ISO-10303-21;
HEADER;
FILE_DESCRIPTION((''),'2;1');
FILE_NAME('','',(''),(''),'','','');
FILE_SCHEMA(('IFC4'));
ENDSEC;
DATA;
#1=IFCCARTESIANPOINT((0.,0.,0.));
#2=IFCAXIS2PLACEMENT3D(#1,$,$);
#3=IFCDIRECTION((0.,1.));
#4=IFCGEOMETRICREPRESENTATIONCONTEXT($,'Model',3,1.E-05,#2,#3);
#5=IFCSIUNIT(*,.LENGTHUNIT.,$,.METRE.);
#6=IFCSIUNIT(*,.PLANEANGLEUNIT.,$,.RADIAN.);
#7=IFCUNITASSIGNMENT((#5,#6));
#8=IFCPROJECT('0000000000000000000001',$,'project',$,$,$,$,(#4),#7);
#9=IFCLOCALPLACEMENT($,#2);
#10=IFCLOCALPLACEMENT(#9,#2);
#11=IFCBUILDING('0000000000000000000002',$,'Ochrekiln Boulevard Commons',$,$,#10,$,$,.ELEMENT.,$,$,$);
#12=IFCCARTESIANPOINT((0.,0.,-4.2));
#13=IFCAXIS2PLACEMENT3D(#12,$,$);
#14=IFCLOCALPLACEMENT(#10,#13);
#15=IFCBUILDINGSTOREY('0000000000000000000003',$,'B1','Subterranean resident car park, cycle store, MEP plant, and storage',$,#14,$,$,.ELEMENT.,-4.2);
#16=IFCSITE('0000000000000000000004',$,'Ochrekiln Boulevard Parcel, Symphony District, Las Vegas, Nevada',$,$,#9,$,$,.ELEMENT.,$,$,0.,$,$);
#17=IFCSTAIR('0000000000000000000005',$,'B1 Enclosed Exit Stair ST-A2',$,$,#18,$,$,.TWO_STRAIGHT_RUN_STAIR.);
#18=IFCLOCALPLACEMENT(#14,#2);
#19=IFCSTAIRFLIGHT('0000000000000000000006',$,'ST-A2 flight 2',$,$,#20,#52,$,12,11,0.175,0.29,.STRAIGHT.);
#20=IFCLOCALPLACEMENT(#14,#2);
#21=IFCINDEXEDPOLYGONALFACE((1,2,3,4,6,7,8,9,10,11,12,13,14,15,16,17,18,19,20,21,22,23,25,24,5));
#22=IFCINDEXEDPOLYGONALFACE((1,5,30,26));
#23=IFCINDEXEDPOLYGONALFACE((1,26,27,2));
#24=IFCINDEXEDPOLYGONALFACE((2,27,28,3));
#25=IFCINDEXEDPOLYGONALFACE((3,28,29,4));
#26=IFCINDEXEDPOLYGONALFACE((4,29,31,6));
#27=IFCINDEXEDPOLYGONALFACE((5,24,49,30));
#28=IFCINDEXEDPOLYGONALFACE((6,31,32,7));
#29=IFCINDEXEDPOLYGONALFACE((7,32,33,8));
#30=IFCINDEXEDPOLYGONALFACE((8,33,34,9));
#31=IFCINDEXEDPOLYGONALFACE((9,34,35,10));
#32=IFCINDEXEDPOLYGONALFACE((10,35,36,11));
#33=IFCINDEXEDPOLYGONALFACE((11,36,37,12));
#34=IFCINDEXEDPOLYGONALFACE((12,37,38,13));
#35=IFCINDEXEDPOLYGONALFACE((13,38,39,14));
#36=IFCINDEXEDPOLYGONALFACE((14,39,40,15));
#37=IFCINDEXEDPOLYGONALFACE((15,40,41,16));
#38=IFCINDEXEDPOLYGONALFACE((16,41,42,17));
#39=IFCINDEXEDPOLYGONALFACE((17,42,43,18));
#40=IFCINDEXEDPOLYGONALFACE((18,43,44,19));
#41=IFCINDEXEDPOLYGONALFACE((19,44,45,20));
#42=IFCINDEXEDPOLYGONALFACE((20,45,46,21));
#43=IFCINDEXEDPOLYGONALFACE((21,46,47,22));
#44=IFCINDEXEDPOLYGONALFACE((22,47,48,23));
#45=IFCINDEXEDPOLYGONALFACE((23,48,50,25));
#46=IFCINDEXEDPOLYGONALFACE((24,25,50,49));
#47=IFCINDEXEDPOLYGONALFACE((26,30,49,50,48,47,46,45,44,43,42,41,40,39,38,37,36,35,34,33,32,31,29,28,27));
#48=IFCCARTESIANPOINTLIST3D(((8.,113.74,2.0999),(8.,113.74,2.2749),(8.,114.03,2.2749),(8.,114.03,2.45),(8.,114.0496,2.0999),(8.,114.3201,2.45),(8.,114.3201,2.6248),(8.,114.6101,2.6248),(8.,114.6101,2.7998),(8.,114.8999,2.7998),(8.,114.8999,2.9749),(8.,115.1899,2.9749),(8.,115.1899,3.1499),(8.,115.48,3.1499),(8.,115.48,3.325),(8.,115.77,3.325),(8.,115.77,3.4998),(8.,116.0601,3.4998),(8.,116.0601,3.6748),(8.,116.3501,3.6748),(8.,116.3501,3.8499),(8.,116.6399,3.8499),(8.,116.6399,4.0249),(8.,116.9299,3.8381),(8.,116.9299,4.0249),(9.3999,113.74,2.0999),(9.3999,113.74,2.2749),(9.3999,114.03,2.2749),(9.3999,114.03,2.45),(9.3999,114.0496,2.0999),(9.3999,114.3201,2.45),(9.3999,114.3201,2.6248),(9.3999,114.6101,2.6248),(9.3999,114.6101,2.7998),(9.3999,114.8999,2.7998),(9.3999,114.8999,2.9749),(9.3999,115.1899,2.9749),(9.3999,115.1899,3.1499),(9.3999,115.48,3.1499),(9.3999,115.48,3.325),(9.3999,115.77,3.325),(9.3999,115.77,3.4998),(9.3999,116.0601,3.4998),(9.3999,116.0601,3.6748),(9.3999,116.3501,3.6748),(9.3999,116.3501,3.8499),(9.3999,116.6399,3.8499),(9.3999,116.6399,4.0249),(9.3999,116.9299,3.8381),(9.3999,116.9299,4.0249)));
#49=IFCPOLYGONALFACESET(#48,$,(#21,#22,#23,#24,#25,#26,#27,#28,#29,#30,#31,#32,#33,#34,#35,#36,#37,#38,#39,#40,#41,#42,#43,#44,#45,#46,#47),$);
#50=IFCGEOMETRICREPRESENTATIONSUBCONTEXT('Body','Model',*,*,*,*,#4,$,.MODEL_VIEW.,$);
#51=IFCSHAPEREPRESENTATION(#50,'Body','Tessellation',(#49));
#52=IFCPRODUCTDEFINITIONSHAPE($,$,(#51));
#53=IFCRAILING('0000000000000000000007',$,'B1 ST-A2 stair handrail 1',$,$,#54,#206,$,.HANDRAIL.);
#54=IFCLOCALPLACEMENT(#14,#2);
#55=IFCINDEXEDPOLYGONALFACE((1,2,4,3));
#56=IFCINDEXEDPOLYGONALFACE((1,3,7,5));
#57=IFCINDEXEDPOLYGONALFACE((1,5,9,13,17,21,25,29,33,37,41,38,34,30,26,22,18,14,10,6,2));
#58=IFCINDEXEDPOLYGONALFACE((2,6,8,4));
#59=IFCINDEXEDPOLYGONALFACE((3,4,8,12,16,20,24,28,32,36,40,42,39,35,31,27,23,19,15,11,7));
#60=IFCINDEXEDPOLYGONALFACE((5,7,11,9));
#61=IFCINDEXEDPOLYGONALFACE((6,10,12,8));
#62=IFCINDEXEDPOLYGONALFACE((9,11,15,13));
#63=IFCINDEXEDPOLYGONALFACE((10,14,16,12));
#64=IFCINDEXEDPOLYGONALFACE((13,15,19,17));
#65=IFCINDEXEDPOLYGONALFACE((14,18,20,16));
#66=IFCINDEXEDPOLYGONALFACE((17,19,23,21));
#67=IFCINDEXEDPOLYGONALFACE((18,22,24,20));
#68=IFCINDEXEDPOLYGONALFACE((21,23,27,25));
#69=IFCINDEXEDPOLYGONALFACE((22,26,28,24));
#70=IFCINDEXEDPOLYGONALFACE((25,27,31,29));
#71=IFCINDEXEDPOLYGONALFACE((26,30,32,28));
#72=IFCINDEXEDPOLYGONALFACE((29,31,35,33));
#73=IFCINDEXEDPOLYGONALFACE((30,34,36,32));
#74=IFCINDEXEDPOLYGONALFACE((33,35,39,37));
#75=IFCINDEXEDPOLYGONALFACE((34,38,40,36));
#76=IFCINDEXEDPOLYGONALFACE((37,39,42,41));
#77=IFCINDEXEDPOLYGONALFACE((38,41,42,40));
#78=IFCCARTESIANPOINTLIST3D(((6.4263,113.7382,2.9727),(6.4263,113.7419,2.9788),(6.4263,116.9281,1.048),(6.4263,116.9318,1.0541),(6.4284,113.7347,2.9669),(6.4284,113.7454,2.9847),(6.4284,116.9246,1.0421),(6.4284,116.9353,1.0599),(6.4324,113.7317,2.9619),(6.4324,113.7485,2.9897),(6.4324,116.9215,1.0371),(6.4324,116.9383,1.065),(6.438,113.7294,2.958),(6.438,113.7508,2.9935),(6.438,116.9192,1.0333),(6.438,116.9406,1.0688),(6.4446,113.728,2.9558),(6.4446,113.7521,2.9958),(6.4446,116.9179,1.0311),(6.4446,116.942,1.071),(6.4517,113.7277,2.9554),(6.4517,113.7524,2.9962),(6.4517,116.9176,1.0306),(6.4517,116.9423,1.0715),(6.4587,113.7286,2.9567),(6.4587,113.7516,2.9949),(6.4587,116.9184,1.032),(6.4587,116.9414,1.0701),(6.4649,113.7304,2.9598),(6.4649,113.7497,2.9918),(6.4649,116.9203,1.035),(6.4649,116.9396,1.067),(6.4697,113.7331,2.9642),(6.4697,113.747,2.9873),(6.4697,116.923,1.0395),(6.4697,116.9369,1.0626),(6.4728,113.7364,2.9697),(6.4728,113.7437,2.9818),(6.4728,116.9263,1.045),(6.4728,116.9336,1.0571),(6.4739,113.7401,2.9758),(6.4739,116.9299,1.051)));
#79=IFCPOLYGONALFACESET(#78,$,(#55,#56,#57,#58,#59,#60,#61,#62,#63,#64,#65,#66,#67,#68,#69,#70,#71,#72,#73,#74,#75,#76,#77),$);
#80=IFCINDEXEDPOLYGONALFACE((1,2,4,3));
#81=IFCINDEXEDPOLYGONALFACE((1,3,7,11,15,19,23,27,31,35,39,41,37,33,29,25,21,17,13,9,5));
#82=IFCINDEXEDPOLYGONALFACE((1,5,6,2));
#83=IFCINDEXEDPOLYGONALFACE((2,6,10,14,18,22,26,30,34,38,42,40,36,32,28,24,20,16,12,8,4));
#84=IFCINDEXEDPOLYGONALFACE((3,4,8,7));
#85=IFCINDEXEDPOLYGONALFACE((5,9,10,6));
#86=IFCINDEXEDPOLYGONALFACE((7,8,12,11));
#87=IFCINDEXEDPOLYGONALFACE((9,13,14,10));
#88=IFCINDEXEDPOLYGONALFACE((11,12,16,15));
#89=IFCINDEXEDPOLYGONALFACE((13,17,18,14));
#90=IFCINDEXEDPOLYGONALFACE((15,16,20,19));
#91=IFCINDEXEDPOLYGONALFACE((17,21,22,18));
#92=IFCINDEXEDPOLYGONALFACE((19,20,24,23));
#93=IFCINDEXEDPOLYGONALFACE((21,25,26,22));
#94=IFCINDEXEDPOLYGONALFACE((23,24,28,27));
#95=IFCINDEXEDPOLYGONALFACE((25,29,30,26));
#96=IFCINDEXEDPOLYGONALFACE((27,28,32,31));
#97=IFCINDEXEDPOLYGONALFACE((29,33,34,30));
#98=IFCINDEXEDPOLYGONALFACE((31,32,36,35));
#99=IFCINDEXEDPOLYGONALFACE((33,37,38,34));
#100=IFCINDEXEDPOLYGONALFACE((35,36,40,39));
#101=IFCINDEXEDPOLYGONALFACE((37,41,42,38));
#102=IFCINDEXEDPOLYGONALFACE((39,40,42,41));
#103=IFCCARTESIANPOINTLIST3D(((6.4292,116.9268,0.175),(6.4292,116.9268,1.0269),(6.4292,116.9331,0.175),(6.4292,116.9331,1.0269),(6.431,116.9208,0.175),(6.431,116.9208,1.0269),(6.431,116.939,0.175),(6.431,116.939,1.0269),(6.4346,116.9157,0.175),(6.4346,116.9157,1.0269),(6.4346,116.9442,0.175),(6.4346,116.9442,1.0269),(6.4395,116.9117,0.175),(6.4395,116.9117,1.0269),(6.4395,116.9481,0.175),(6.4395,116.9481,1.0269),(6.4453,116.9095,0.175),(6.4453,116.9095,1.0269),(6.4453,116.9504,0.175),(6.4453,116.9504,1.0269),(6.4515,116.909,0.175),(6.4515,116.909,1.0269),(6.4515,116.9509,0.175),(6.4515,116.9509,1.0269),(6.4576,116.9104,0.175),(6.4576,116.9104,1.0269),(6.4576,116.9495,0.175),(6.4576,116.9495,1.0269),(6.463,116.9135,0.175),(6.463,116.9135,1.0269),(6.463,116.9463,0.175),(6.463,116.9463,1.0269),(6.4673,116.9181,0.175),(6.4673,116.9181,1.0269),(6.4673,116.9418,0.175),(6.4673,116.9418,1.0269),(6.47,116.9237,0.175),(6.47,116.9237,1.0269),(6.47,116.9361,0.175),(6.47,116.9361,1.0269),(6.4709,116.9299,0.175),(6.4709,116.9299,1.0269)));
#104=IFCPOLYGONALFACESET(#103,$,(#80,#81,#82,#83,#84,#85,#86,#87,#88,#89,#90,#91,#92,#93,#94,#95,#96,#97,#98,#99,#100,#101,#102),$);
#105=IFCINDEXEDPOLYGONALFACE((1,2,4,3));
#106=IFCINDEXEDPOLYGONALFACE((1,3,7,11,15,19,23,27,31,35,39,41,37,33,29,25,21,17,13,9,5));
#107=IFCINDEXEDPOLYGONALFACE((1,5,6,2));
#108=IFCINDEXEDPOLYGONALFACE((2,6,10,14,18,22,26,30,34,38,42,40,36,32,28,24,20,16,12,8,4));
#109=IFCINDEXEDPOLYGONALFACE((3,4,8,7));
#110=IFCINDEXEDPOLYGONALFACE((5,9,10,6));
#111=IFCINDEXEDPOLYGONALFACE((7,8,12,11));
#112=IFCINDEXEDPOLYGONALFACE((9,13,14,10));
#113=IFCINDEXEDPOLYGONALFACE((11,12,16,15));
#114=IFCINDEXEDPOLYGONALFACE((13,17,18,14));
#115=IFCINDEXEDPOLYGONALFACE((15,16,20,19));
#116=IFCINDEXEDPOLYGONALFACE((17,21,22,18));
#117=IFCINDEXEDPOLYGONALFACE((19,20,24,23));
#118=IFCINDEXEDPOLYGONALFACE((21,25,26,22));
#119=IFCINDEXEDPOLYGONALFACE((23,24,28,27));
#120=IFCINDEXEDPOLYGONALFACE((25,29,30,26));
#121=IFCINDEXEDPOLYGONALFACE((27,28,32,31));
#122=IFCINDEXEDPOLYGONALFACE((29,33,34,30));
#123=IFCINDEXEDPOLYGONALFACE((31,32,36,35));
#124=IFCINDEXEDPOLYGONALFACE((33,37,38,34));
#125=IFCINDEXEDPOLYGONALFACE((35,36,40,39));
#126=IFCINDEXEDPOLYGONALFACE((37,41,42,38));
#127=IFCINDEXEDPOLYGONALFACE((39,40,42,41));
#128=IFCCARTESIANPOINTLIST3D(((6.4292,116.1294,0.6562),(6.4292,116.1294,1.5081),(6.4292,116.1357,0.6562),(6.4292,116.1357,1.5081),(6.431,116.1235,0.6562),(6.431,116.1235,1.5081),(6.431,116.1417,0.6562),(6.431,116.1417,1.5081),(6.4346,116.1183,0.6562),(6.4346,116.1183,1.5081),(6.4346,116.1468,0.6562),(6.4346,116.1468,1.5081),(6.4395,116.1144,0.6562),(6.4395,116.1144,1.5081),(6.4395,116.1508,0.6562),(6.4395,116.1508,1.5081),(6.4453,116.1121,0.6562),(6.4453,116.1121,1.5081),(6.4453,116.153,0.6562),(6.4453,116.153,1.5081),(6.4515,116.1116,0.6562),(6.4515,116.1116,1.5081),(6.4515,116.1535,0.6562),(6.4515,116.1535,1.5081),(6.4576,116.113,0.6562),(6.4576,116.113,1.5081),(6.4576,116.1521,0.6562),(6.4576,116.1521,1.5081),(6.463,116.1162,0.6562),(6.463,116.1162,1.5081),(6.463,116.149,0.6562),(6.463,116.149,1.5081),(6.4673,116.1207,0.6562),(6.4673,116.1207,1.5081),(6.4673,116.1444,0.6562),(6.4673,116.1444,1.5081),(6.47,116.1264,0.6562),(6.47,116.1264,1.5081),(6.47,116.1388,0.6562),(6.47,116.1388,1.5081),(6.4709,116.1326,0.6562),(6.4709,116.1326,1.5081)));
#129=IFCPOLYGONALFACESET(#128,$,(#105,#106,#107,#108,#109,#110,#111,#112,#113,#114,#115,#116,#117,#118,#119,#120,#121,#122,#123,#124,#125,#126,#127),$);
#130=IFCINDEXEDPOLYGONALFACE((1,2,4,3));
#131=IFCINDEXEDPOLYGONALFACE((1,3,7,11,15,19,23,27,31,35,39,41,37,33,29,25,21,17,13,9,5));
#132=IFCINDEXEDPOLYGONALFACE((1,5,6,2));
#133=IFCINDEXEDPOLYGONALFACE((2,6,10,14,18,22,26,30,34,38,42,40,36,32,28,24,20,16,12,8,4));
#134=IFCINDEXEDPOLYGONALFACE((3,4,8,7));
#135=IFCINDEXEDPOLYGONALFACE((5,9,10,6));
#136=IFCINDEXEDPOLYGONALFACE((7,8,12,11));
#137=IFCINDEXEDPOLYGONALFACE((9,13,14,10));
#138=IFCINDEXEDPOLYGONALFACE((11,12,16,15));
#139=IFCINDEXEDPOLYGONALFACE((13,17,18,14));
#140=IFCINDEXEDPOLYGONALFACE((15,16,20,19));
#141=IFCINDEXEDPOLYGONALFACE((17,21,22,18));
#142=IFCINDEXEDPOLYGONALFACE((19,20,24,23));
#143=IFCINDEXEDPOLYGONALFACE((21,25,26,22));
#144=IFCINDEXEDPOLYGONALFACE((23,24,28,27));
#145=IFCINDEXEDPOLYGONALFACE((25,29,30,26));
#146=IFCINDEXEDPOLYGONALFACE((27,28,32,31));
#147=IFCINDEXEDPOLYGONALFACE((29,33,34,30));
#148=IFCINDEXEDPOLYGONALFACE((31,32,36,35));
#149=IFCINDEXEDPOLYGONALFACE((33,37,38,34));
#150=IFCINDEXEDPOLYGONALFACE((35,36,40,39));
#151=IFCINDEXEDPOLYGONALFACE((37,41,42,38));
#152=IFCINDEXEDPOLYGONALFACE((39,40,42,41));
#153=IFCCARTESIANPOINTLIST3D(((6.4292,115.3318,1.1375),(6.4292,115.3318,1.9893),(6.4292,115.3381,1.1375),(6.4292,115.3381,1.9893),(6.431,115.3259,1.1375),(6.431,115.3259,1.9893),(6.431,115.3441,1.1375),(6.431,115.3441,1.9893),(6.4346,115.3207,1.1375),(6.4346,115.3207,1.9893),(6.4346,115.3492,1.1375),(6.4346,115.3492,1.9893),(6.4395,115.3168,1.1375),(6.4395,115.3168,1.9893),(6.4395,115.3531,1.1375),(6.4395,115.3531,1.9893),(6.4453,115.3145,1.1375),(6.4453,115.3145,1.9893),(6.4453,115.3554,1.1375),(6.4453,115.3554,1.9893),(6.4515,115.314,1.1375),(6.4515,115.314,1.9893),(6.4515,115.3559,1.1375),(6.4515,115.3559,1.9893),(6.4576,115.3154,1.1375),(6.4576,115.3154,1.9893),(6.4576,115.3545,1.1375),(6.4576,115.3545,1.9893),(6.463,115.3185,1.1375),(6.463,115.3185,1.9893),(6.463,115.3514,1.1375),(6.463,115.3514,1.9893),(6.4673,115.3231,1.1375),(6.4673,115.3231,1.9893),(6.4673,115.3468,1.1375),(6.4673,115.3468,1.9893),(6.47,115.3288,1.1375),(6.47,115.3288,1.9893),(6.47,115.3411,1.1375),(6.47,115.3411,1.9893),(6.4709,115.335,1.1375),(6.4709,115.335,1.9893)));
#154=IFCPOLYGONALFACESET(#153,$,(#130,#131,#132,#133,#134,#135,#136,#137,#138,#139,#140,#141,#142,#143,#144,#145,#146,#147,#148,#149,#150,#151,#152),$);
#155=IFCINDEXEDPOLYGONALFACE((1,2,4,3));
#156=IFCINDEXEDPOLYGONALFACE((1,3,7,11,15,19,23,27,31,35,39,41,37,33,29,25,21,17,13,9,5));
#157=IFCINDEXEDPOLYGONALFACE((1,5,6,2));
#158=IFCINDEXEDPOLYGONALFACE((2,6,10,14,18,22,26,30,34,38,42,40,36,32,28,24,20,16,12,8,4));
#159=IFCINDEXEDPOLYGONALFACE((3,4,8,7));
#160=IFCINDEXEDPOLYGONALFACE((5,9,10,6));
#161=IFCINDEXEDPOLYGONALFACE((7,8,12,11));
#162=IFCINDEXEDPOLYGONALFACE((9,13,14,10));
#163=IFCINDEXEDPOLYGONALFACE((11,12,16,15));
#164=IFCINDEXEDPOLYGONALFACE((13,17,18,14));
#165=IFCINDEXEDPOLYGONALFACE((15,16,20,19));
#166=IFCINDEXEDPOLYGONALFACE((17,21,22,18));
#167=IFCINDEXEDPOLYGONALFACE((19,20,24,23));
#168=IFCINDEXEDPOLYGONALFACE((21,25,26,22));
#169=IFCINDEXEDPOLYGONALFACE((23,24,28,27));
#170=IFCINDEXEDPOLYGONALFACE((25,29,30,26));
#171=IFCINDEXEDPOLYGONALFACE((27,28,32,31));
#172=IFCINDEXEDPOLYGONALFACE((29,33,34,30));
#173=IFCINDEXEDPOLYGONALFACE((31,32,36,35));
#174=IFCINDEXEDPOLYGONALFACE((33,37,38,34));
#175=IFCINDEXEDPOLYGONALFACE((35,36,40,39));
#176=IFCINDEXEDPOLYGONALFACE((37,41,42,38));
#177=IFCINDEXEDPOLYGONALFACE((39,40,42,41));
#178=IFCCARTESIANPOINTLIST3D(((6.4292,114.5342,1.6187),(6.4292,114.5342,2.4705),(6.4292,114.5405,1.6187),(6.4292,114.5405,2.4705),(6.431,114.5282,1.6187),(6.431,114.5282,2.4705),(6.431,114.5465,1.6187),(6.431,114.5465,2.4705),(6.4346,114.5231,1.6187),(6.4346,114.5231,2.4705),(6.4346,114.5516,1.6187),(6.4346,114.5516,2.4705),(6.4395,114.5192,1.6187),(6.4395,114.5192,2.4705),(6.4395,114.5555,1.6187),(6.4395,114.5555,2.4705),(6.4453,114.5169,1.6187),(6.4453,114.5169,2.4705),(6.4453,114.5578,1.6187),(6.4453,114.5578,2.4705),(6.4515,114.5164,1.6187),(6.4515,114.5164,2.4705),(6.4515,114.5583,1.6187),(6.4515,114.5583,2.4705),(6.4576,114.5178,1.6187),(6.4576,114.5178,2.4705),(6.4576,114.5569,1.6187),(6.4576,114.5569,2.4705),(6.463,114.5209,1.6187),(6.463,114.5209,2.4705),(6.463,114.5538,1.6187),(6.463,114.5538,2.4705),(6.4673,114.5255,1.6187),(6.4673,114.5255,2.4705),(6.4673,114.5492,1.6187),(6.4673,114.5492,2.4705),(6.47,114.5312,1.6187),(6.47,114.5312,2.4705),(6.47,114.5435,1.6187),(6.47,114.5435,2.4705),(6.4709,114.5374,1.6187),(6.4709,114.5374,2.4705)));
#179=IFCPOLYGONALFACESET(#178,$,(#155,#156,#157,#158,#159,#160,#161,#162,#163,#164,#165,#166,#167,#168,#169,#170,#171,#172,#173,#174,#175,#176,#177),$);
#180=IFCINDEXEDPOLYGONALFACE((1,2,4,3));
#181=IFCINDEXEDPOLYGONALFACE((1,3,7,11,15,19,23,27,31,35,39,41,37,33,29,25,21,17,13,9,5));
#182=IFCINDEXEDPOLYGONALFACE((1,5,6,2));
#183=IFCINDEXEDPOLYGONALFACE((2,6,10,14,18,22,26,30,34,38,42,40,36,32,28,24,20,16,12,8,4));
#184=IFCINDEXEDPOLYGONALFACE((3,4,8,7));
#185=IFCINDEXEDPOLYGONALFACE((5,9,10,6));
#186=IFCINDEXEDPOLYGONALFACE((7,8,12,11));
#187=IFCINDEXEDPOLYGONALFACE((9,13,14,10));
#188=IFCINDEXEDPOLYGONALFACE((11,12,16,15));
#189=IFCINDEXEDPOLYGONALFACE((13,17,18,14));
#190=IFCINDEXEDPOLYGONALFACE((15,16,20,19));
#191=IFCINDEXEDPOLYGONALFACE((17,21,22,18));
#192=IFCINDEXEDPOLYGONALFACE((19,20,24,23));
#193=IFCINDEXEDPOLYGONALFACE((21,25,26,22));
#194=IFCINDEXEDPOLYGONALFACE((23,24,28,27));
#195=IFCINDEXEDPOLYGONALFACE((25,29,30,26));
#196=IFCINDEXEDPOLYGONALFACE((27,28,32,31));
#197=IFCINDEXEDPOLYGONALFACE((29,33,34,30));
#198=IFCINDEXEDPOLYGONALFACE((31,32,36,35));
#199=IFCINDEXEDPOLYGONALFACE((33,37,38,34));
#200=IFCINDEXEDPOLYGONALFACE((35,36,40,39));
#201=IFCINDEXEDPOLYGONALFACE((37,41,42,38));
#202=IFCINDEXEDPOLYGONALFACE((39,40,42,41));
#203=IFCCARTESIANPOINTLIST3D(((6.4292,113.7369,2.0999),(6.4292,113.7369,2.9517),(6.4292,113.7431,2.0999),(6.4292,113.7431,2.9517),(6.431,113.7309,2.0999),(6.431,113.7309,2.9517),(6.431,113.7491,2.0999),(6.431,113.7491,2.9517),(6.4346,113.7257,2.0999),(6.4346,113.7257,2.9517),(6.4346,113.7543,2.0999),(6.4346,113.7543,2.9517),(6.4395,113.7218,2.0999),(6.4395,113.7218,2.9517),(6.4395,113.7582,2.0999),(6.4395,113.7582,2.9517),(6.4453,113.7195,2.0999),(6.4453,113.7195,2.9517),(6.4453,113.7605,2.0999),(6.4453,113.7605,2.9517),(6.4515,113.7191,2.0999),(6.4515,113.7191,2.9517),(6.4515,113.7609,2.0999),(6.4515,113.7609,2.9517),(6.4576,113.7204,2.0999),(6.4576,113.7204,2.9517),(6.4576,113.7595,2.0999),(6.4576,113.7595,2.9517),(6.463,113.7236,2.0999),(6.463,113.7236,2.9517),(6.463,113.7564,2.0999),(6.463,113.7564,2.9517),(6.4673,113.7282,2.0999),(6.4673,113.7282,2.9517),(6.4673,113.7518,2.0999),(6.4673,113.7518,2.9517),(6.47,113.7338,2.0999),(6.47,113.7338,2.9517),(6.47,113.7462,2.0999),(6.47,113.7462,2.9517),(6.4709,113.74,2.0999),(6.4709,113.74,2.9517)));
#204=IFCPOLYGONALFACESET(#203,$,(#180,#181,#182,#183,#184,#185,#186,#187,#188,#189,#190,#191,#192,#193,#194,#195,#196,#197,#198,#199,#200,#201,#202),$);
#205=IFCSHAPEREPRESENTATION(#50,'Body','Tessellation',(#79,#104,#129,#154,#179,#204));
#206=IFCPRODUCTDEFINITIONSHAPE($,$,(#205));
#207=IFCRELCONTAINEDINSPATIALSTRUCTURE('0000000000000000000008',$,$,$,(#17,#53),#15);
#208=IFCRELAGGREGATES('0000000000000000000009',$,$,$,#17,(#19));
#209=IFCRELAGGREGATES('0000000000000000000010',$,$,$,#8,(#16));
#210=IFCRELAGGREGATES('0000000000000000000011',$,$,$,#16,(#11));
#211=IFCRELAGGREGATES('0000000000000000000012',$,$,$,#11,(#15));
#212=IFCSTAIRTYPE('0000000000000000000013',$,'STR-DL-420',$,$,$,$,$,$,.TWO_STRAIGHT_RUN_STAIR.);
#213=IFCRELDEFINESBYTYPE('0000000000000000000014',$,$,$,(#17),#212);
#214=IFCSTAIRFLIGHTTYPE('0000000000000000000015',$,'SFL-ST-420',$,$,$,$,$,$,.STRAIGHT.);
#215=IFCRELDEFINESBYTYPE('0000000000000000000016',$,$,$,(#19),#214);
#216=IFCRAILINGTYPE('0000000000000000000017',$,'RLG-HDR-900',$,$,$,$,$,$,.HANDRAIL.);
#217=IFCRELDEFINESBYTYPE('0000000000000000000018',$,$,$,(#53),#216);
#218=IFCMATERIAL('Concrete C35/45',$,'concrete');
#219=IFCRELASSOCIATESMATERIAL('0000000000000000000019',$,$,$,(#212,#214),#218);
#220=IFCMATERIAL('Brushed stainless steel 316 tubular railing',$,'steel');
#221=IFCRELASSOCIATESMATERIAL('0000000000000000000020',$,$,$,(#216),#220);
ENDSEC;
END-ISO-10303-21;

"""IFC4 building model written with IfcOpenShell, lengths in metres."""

from ifc_helpers import new_model, si_unit, direction, frame, origin, origin_2d, place, context, subcontext, project, spatial, polyline, circle, outline, extrude, material, type_object, element, aggregate, save


model = new_model("IFC4")

# Units and contexts
model_context = context("Model", 3, precision=1e-05, world=origin(), true_north=direction((0.0, 1.0)))
body_context = subcontext(model_context, "Body", "Model", "MODEL_VIEW")
ifc_project = project(units=[si_unit("LENGTHUNIT", "METRE"), si_unit("PLANEANGLEUNIT", "RADIAN")], contexts=[model_context])

# Site, building, storey
site_placement = place(None, origin())
site = spatial("IfcSite", under=ifc_project, at=site_placement, Name="Ochrekiln Boulevard Parcel, Symphony District, Las Vegas, Nevada", CompositionType="ELEMENT", RefElevation=0.0)
building_placement = place(site_placement, origin())
building = spatial("IfcBuilding", under=site, at=building_placement, Name="Ochrekiln Boulevard Commons", CompositionType="ELEMENT")
storey_placement = place(building_placement, frame((0.0, 0.0, -4.2)))
storey = spatial("IfcBuildingStorey", under=building, at=storey_placement, Name="B1", Description="Subterranean resident car park, cycle store, MEP plant, and storage", CompositionType="ELEMENT", Elevation=-4.2)

# Shared definitions
ifc_material_1 = material(Name="Concrete C35/45", Category="concrete")

# Stair, stair flight
stair_type = type_object("IfcStairType", Name="STR-DL-420", PredefinedType="TWO_STRAIGHT_RUN_STAIR", material=ifc_material_1)
stair_placement = place(storey_placement, origin())
stair = element("IfcStair", 1, at=stair_placement, inside=storey, type_object=stair_type, Name="B1 Enclosed Exit Stair ST-A2", PredefinedType="TWO_STRAIGHT_RUN_STAIR")
stair_flight_type = type_object("IfcStairFlightType", Name="SFL-ST-420", PredefinedType="STRAIGHT", material=ifc_material_1)
stair_flight_1_placement = place(storey_placement, frame((8.7, 113.74, 2.0999), z_axis=(0.0, 0.0, 1.0), x_axis=(0.0, 1.0, 0.0)))
stair_flight_1 = element("IfcStairFlight", 2, at=stair_flight_1_placement, type_object=stair_flight_type, Name="ST-A2 flight 2", NumberOfRisers=12, NumberOfTreads=11, PredefinedType="STRAIGHT", RiserHeight=0.175, TreadLength=0.29, context=body_context, shape_type="SweptSolid", body=[
    extrude(outline(polyline([(0.0, 0.0), (0.0, 0.175), (0.29, 0.175), (0.29, 0.3501), (0.5801, 0.3501), (0.5801, 0.5249), (0.8701, 0.5249), (0.8701, 0.7), (1.1599, 0.7), (1.1599, 0.875), (1.45, 0.875), (1.45, 1.05), (1.74, 1.05), (1.74, 1.2251), (2.03, 1.2251), (2.03, 1.3999), (2.3201, 1.3999), (2.3201, 1.575), (2.6101, 1.575), (2.6101, 1.75), (2.8999, 1.75), (2.8999, 1.925), (3.1899, 1.925), (3.1899, 2.1001), (3.1899, 1.7383), (0.3096, 0.0), (0.0, 0.0)])), frame((0.0, 0.7, 0.0), z_axis=(0.0, -1.0, 0.0), x_axis=(1.0, 0.0, 0.0)), (0.0, 0.0, 1.0), 1.3999),
])
aggregate(stair, [stair_flight_1])

# Railing
ifc_material_2 = material(Name="Brushed stainless steel 316 tubular railing", Category="steel")
railing_type_1 = type_object("IfcRailingType", Name="RLG-HDR-900", PredefinedType="HANDRAIL", material=ifc_material_2)
railing_1_placement = place(storey_placement, frame((6.45, 116.9299, 0.175)))
element("IfcRailing", 3, at=railing_1_placement, inside=storey, type_object=railing_type_1, Name="B1 ST-A2 stair handrail 1", PredefinedType="HANDRAIL", context=body_context, shape_type="SweptSolid", body=[
    extrude(circle(Radius=0.0239, at=origin_2d()), frame((0.0, 0.0, 0.876), z_axis=(0.0, -0.856207, 0.516633), x_axis=(1.0, 0.0, 0.0)), (0.0, 0.0, 1.0), 3.7256),
    extrude(circle(Radius=0.021, at=origin_2d()), origin(), (0.0, 0.0, 1.0), 0.8518),
    extrude(circle(Radius=0.021, at=origin_2d()), frame((0.0, -0.7974, 0.4812)), (0.0, 0.0, 1.0), 0.8518),
    extrude(circle(Radius=0.021, at=origin_2d()), frame((0.0, -1.595, 0.9624)), (0.0, 0.0, 1.0), 0.8518),
    extrude(circle(Radius=0.021, at=origin_2d()), frame((0.0, -2.3926, 1.4436)), (0.0, 0.0, 1.0), 0.8518),
    extrude(circle(Radius=0.021, at=origin_2d()), frame((0.0, -3.1899, 1.9248)), (0.0, 0.0, 1.0), 0.8518),
])

save(model, "model.ifc")
